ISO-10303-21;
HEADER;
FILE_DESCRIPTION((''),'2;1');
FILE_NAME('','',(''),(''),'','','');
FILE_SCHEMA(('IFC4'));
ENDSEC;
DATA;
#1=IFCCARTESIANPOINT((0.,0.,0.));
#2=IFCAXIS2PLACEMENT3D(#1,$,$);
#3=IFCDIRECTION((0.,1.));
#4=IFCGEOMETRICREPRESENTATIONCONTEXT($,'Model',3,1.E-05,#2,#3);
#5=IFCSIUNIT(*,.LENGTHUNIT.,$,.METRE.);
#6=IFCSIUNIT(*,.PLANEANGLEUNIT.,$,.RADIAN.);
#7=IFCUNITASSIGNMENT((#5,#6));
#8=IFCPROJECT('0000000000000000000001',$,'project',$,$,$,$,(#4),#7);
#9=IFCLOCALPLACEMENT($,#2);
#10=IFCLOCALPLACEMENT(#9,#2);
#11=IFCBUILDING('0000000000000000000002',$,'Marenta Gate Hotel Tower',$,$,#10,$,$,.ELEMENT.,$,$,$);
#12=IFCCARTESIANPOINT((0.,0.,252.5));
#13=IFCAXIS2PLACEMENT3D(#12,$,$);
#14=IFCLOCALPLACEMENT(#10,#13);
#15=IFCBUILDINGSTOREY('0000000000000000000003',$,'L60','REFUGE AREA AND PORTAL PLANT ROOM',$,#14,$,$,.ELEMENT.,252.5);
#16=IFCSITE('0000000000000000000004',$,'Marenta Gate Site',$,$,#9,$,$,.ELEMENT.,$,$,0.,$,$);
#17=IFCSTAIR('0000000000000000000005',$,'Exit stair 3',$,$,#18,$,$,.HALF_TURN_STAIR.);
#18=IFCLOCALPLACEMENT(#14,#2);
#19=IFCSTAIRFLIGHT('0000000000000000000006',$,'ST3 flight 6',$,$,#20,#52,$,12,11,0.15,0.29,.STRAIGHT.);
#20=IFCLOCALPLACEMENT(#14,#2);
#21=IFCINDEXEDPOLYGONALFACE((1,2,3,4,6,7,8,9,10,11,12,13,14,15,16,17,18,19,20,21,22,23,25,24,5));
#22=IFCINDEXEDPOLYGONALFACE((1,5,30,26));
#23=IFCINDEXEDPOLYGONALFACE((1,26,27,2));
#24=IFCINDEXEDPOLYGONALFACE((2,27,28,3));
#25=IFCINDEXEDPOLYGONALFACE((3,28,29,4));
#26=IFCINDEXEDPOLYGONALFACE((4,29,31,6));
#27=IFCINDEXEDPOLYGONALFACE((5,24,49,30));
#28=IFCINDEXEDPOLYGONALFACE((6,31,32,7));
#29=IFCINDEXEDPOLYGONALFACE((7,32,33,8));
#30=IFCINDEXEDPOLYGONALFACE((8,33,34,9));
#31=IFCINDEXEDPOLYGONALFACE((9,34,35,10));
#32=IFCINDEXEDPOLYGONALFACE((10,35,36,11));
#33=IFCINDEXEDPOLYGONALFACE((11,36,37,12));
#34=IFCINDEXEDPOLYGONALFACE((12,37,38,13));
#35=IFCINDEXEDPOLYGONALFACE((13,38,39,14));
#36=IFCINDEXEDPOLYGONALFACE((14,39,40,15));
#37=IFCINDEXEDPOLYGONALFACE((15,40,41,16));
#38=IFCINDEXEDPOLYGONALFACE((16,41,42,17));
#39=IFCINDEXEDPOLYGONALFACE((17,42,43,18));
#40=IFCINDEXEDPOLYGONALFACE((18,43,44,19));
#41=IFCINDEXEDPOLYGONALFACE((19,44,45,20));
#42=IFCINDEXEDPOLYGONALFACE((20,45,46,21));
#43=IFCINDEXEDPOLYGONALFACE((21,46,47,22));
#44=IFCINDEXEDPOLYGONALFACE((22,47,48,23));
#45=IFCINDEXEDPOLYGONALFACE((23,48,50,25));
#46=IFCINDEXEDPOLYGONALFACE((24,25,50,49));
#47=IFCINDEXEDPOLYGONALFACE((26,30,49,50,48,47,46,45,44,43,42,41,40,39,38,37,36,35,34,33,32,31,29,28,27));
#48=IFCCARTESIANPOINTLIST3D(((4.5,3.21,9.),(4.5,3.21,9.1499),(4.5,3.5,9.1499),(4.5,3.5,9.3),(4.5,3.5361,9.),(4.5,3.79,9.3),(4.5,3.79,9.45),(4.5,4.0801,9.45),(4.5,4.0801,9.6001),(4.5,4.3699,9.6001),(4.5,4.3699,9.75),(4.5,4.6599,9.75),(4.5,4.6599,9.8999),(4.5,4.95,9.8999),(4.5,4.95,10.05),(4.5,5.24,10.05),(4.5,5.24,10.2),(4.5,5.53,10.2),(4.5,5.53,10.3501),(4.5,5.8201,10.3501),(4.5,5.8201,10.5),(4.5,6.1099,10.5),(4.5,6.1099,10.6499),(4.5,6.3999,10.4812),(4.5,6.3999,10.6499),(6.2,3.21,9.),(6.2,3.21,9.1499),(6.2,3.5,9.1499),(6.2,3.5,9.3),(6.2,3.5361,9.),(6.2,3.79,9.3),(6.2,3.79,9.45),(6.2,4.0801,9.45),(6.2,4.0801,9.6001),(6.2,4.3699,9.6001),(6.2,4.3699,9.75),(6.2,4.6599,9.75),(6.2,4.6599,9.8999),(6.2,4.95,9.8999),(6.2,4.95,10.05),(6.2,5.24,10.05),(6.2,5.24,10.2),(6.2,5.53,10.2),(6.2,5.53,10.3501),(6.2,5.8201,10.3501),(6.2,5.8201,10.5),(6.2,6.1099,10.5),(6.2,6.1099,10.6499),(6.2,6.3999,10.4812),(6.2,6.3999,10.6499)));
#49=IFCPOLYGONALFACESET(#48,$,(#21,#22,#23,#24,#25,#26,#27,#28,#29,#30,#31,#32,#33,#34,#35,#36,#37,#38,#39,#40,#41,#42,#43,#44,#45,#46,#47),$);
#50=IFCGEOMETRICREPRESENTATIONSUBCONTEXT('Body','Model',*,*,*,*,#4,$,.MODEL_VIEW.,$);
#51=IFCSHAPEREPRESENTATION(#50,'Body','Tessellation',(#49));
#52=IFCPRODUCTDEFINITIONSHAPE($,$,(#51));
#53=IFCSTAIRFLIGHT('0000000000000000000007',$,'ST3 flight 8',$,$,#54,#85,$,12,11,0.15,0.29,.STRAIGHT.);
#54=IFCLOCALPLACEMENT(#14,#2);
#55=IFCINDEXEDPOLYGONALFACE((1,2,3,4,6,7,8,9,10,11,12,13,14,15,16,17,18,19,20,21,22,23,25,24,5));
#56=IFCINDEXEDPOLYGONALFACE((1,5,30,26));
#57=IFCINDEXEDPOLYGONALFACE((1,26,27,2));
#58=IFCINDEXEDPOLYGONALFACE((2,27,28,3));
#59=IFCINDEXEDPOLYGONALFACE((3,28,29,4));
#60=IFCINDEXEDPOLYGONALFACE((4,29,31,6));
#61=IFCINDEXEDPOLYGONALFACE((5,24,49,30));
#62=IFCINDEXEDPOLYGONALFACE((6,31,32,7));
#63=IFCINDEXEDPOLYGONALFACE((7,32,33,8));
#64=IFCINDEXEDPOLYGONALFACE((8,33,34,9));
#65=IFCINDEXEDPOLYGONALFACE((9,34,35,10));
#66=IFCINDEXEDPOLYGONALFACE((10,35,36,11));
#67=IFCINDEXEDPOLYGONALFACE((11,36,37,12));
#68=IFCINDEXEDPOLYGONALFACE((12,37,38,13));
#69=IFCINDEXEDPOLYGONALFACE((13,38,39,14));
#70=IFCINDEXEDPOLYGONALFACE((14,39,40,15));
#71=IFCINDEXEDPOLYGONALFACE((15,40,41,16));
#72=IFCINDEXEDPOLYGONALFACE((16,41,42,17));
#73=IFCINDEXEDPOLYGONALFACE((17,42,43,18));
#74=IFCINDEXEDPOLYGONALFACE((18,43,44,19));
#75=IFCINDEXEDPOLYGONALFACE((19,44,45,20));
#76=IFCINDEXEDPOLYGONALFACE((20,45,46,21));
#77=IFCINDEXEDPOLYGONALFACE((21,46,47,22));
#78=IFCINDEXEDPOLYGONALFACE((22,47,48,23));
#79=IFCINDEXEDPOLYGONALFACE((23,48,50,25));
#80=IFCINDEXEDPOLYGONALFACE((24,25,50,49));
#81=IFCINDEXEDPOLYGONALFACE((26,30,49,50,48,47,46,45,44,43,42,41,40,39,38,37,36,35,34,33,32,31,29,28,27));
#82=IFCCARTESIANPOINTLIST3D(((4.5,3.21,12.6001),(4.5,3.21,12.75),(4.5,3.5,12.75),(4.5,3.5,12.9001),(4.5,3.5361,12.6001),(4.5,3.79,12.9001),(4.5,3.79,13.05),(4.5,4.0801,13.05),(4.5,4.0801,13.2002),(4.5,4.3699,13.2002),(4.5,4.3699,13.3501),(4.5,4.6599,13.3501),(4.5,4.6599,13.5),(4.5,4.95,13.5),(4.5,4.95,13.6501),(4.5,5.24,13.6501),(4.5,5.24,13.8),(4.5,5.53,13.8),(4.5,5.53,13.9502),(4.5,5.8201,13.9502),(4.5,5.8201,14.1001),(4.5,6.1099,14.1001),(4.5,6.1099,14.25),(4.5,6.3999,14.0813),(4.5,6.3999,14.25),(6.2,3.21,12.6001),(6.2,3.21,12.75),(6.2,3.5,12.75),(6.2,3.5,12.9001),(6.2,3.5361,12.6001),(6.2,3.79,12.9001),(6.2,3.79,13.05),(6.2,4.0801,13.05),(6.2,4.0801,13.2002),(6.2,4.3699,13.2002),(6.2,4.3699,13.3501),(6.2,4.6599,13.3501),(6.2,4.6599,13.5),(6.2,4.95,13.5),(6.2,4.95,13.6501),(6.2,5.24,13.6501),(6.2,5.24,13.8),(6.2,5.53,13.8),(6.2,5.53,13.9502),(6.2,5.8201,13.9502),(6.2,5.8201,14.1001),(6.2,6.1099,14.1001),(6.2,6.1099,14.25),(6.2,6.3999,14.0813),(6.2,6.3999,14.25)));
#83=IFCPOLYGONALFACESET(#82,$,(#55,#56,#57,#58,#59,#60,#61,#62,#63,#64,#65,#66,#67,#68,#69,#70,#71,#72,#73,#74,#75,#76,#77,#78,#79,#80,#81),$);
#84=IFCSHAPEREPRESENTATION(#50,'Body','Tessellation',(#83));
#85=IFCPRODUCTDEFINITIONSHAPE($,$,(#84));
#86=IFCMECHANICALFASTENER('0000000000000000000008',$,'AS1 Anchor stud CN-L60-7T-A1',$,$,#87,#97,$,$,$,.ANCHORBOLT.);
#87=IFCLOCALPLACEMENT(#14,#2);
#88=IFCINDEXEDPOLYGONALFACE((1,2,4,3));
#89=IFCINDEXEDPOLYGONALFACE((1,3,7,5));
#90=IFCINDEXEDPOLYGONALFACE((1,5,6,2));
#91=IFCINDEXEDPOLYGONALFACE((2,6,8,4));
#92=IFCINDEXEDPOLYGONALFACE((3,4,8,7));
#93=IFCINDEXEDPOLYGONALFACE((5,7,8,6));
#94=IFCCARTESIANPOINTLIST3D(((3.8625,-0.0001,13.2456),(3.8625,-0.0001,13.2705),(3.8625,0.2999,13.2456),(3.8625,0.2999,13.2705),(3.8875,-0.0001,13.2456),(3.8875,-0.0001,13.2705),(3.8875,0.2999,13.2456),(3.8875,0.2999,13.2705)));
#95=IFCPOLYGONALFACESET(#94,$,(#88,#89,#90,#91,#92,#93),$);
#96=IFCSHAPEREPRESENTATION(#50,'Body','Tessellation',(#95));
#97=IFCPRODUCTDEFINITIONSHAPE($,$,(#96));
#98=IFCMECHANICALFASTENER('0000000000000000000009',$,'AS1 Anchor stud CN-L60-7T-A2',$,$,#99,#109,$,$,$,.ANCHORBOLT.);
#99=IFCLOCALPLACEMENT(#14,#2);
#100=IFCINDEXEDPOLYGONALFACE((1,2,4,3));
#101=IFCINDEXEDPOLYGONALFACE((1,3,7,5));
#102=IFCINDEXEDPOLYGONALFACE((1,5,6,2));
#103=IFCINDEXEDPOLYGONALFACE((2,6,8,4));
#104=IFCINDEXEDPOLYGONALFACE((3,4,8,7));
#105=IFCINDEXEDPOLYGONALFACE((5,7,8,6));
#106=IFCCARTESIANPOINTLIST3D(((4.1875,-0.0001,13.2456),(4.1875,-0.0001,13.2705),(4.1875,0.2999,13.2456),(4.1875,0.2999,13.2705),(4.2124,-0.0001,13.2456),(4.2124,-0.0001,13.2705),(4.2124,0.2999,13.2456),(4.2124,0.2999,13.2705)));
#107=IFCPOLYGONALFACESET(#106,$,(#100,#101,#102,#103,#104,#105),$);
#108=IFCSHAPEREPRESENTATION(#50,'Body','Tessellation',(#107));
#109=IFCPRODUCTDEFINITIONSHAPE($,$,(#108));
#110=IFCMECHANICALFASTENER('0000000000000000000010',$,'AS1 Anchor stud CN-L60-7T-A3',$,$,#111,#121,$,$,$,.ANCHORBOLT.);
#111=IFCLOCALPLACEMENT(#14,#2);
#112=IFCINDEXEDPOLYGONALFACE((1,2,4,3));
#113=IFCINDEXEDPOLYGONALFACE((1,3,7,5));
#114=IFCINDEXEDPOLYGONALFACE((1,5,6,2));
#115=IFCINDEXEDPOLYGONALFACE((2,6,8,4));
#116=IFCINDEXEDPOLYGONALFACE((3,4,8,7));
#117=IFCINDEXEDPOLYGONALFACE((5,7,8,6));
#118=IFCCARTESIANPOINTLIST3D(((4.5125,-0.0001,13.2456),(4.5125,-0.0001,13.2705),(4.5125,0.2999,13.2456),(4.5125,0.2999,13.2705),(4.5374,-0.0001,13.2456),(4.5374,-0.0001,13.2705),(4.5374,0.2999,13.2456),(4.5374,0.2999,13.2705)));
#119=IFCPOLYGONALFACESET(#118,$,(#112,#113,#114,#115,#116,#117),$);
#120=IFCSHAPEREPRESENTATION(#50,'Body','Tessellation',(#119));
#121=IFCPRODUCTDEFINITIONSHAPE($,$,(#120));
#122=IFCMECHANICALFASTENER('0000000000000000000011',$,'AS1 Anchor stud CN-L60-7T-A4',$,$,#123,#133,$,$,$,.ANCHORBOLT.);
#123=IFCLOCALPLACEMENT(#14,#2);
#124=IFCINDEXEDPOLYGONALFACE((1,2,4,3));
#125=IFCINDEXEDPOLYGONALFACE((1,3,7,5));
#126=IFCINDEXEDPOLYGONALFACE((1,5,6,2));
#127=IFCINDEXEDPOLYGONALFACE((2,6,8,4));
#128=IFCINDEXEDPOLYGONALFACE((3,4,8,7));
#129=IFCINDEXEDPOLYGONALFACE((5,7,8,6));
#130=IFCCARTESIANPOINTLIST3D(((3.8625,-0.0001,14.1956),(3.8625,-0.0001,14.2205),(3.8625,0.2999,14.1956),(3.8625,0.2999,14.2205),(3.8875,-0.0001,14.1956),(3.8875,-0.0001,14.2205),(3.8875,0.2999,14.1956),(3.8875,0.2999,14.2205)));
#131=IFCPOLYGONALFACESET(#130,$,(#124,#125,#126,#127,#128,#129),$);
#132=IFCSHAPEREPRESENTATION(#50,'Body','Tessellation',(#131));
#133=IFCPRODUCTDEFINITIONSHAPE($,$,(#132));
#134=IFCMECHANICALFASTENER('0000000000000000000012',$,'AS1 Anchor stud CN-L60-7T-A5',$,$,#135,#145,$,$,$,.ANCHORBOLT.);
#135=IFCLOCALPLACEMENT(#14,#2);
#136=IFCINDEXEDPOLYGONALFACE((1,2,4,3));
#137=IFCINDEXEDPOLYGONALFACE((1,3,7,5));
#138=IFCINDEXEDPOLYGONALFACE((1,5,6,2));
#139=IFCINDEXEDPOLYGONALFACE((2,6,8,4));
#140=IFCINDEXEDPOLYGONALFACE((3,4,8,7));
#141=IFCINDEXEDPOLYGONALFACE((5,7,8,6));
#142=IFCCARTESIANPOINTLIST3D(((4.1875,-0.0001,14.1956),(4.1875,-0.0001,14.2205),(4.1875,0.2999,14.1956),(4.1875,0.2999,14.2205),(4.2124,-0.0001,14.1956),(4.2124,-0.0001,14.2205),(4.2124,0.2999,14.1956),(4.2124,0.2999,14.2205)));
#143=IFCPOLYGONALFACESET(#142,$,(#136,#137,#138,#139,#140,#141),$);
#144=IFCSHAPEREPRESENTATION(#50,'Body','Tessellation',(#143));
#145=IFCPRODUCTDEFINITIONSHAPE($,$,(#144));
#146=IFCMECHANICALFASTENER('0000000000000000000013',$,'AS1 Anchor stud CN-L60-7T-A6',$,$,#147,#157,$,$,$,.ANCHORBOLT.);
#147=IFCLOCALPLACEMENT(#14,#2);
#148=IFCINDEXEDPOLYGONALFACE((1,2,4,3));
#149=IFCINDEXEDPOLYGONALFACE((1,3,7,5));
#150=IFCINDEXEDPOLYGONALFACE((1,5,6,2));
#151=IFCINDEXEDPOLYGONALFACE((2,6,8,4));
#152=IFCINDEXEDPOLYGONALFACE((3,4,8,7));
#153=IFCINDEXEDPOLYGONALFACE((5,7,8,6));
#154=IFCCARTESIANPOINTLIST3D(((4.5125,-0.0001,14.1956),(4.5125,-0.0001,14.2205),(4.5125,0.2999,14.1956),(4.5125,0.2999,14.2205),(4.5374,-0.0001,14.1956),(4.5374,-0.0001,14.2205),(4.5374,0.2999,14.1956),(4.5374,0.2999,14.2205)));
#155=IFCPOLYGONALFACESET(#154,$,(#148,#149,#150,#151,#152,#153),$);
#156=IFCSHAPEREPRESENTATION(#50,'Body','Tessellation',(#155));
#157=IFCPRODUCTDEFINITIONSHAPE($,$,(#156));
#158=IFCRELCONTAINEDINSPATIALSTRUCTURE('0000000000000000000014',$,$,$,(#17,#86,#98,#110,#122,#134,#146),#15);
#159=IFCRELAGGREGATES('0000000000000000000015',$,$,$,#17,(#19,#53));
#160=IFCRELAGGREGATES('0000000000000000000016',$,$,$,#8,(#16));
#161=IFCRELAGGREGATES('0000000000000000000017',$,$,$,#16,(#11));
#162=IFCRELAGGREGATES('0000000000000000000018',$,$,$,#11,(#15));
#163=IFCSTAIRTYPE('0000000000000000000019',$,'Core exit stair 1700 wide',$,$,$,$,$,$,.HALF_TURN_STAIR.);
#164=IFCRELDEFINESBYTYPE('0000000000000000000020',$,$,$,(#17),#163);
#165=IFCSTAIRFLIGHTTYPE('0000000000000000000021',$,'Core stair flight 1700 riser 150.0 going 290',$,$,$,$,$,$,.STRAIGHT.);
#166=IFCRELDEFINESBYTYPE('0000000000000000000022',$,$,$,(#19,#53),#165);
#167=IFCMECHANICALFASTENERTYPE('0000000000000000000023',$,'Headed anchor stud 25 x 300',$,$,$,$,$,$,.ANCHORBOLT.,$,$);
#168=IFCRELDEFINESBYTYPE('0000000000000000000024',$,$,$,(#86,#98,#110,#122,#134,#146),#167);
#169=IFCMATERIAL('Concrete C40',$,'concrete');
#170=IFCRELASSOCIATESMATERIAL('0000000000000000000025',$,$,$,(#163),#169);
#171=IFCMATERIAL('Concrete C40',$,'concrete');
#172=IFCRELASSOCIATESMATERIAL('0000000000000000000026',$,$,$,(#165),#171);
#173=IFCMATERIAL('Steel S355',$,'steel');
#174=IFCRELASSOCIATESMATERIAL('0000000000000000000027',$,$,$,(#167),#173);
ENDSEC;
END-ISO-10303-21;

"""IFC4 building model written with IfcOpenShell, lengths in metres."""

from ifc_helpers import new_model, si_unit, direction, frame, origin, origin_2d, place, context, subcontext, project, spatial, polyline, rectangle, outline, extrude, material, type_object, element, aggregate, save


model = new_model("IFC4")

# Units and contexts
model_context = context("Model", 3, precision=1e-05, world=origin(), true_north=direction((0.0, 1.0)))
body_context = subcontext(model_context, "Body", "Model", "MODEL_VIEW")
ifc_project = project(units=[si_unit("LENGTHUNIT", "METRE"), si_unit("PLANEANGLEUNIT", "RADIAN")], contexts=[model_context])

# Site, building, storey
site_placement = place(None, origin())
site = spatial("IfcSite", under=ifc_project, at=site_placement, Name="Marenta Gate Site", CompositionType="ELEMENT", RefElevation=0.0)
building_placement = place(site_placement, origin())
building = spatial("IfcBuilding", under=site, at=building_placement, Name="Marenta Gate Hotel Tower", CompositionType="ELEMENT")
storey_placement = place(building_placement, frame((0.0, 0.0, 252.5)))
storey = spatial("IfcBuildingStorey", under=building, at=storey_placement, Name="L60", Description="REFUGE AREA AND PORTAL PLANT ROOM", CompositionType="ELEMENT", Elevation=252.5)

# Stair
ifc_material_1 = material(Name="Concrete C40", Category="concrete")
stair_type = type_object("IfcStairType", Name="Core exit stair 1700 wide", PredefinedType="HALF_TURN_STAIR", material=ifc_material_1)
stair_1_placement = place(storey_placement, origin())
stair_1 = element("IfcStair", 1, at=stair_1_placement, inside=storey, type_object=stair_type, Name="Exit stair 3", PredefinedType="HALF_TURN_STAIR")

# Stair flights
ifc_material_2 = material(Name="Concrete C40", Category="concrete")
stair_flight_type = type_object("IfcStairFlightType", Name="Core stair flight 1700 riser 150.0 going 290", PredefinedType="STRAIGHT", material=ifc_material_2)
stair_flight_1_placement = place(storey_placement, frame((5.3501, 3.21, 9.0), z_axis=(0.0, 0.0, 1.0), x_axis=(0.0, 1.0, 0.0)))
stair_flight_1 = element("IfcStairFlight", 2, at=stair_flight_1_placement, type_object=stair_flight_type, Name="ST3 flight 6", NumberOfRisers=12, NumberOfTreads=11, PredefinedType="STRAIGHT", RiserHeight=0.15, TreadLength=0.29, context=body_context, shape_type="SweptSolid", body=[
    extrude(outline(polyline([(0.0, 0.0), (0.0, 0.1499), (0.29, 0.1499), (0.29, 0.3), (0.5801, 0.3), (0.5801, 0.45), (0.8701, 0.45), (0.8701, 0.6001), (1.1599, 0.6001), (1.1599, 0.75), (1.45, 0.75), (1.45, 0.8999), (1.74, 0.8999), (1.74, 1.05), (2.03, 1.05), (2.03, 1.2), (2.3201, 1.2), (2.3201, 1.3501), (2.6101, 1.3501), (2.6101, 1.5), (2.8999, 1.5), (2.8999, 1.6499), (3.1899, 1.6499), (3.1899, 1.8), (3.1899, 1.4812), (0.3262, 0.0), (0.0, 0.0)])), frame((0.0, 0.8501, 0.0), z_axis=(0.0, -1.0, 0.0), x_axis=(1.0, 0.0, 0.0)), (0.0, 0.0, 1.0), 1.7),
])
stair_flight_2_placement = place(storey_placement, frame((5.3501, 3.21, 12.6001), z_axis=(0.0, 0.0, 1.0), x_axis=(0.0, 1.0, 0.0)))
stair_flight_2 = element("IfcStairFlight", 3, at=stair_flight_2_placement, type_object=stair_flight_type, Name="ST3 flight 8", NumberOfRisers=12, NumberOfTreads=11, PredefinedType="STRAIGHT", RiserHeight=0.15, TreadLength=0.29, context=body_context, shape_type="SweptSolid", body=[
    extrude(outline(polyline([(0.0, 0.0), (0.0, 0.1499), (0.29, 0.1499), (0.29, 0.3), (0.5801, 0.3), (0.5801, 0.45), (0.8701, 0.45), (0.8701, 0.6001), (1.1599, 0.6001), (1.1599, 0.75), (1.45, 0.75), (1.45, 0.8999), (1.74, 0.8999), (1.74, 1.05), (2.03, 1.05), (2.03, 1.2), (2.3201, 1.2), (2.3201, 1.3501), (2.6101, 1.3501), (2.6101, 1.5), (2.8999, 1.5), (2.8999, 1.6499), (3.1899, 1.6499), (3.1899, 1.8), (3.1899, 1.4812), (0.3262, 0.0), (0.0, 0.0)])), frame((0.0, 0.8501, 0.0), z_axis=(0.0, -1.0, 0.0), x_axis=(1.0, 0.0, 0.0)), (0.0, 0.0, 1.0), 1.7),
])
aggregate(stair_1, [stair_flight_1, stair_flight_2])

# Mechanical fasteners
ifc_material_3 = material(Name="Steel S355", Category="steel")
mechanical_fastener_type = type_object("IfcMechanicalFastenerType", Name="Headed anchor stud 25 x 300", PredefinedType="ANCHORBOLT", material=ifc_material_3)
for number, where, z_axis, x_axis, name in (
    (4, (3.875, 0.1499, 13.2456), (0.0, 0.0, 1.0), (1.0, 0.0, 0.0), "AS1 Anchor stud CN-L60-7T-A1"),
    (5, (4.2, 0.1499, 13.2456), (0.0, 0.0, 1.0), (1.0, 0.0, 0.0), "AS1 Anchor stud CN-L60-7T-A2"),
    (6, (4.5249, 0.1499, 13.2456), (0.0, 0.0, 1.0), (1.0, 0.0, 0.0), "AS1 Anchor stud CN-L60-7T-A3"),
    (7, (3.875, 0.1499, 14.1956), (0.0, 0.0, 1.0), (1.0, 0.0, 0.0), "AS1 Anchor stud CN-L60-7T-A4"),
    (8, (4.2, 0.1499, 14.1956), (0.0, 0.0, 1.0), (1.0, 0.0, 0.0), "AS1 Anchor stud CN-L60-7T-A5"),
    (9, (4.5249, 0.1499, 14.1956), (0.0, 0.0, 1.0), (1.0, 0.0, 0.0), "AS1 Anchor stud CN-L60-7T-A6"),
):
    element("IfcMechanicalFastener", number, at=place(storey_placement, frame(where, z_axis=z_axis, x_axis=x_axis)), inside=storey, type_object=mechanical_fastener_type, Name=name, PredefinedType="ANCHORBOLT", context=body_context, shape_type="SweptSolid", body=[
        extrude(rectangle(XDim=0.0249, YDim=0.3, at=origin_2d()), origin(), (0.0, 0.0, 1.0), 0.0249),
    ])

save(model, "model.ifc")
